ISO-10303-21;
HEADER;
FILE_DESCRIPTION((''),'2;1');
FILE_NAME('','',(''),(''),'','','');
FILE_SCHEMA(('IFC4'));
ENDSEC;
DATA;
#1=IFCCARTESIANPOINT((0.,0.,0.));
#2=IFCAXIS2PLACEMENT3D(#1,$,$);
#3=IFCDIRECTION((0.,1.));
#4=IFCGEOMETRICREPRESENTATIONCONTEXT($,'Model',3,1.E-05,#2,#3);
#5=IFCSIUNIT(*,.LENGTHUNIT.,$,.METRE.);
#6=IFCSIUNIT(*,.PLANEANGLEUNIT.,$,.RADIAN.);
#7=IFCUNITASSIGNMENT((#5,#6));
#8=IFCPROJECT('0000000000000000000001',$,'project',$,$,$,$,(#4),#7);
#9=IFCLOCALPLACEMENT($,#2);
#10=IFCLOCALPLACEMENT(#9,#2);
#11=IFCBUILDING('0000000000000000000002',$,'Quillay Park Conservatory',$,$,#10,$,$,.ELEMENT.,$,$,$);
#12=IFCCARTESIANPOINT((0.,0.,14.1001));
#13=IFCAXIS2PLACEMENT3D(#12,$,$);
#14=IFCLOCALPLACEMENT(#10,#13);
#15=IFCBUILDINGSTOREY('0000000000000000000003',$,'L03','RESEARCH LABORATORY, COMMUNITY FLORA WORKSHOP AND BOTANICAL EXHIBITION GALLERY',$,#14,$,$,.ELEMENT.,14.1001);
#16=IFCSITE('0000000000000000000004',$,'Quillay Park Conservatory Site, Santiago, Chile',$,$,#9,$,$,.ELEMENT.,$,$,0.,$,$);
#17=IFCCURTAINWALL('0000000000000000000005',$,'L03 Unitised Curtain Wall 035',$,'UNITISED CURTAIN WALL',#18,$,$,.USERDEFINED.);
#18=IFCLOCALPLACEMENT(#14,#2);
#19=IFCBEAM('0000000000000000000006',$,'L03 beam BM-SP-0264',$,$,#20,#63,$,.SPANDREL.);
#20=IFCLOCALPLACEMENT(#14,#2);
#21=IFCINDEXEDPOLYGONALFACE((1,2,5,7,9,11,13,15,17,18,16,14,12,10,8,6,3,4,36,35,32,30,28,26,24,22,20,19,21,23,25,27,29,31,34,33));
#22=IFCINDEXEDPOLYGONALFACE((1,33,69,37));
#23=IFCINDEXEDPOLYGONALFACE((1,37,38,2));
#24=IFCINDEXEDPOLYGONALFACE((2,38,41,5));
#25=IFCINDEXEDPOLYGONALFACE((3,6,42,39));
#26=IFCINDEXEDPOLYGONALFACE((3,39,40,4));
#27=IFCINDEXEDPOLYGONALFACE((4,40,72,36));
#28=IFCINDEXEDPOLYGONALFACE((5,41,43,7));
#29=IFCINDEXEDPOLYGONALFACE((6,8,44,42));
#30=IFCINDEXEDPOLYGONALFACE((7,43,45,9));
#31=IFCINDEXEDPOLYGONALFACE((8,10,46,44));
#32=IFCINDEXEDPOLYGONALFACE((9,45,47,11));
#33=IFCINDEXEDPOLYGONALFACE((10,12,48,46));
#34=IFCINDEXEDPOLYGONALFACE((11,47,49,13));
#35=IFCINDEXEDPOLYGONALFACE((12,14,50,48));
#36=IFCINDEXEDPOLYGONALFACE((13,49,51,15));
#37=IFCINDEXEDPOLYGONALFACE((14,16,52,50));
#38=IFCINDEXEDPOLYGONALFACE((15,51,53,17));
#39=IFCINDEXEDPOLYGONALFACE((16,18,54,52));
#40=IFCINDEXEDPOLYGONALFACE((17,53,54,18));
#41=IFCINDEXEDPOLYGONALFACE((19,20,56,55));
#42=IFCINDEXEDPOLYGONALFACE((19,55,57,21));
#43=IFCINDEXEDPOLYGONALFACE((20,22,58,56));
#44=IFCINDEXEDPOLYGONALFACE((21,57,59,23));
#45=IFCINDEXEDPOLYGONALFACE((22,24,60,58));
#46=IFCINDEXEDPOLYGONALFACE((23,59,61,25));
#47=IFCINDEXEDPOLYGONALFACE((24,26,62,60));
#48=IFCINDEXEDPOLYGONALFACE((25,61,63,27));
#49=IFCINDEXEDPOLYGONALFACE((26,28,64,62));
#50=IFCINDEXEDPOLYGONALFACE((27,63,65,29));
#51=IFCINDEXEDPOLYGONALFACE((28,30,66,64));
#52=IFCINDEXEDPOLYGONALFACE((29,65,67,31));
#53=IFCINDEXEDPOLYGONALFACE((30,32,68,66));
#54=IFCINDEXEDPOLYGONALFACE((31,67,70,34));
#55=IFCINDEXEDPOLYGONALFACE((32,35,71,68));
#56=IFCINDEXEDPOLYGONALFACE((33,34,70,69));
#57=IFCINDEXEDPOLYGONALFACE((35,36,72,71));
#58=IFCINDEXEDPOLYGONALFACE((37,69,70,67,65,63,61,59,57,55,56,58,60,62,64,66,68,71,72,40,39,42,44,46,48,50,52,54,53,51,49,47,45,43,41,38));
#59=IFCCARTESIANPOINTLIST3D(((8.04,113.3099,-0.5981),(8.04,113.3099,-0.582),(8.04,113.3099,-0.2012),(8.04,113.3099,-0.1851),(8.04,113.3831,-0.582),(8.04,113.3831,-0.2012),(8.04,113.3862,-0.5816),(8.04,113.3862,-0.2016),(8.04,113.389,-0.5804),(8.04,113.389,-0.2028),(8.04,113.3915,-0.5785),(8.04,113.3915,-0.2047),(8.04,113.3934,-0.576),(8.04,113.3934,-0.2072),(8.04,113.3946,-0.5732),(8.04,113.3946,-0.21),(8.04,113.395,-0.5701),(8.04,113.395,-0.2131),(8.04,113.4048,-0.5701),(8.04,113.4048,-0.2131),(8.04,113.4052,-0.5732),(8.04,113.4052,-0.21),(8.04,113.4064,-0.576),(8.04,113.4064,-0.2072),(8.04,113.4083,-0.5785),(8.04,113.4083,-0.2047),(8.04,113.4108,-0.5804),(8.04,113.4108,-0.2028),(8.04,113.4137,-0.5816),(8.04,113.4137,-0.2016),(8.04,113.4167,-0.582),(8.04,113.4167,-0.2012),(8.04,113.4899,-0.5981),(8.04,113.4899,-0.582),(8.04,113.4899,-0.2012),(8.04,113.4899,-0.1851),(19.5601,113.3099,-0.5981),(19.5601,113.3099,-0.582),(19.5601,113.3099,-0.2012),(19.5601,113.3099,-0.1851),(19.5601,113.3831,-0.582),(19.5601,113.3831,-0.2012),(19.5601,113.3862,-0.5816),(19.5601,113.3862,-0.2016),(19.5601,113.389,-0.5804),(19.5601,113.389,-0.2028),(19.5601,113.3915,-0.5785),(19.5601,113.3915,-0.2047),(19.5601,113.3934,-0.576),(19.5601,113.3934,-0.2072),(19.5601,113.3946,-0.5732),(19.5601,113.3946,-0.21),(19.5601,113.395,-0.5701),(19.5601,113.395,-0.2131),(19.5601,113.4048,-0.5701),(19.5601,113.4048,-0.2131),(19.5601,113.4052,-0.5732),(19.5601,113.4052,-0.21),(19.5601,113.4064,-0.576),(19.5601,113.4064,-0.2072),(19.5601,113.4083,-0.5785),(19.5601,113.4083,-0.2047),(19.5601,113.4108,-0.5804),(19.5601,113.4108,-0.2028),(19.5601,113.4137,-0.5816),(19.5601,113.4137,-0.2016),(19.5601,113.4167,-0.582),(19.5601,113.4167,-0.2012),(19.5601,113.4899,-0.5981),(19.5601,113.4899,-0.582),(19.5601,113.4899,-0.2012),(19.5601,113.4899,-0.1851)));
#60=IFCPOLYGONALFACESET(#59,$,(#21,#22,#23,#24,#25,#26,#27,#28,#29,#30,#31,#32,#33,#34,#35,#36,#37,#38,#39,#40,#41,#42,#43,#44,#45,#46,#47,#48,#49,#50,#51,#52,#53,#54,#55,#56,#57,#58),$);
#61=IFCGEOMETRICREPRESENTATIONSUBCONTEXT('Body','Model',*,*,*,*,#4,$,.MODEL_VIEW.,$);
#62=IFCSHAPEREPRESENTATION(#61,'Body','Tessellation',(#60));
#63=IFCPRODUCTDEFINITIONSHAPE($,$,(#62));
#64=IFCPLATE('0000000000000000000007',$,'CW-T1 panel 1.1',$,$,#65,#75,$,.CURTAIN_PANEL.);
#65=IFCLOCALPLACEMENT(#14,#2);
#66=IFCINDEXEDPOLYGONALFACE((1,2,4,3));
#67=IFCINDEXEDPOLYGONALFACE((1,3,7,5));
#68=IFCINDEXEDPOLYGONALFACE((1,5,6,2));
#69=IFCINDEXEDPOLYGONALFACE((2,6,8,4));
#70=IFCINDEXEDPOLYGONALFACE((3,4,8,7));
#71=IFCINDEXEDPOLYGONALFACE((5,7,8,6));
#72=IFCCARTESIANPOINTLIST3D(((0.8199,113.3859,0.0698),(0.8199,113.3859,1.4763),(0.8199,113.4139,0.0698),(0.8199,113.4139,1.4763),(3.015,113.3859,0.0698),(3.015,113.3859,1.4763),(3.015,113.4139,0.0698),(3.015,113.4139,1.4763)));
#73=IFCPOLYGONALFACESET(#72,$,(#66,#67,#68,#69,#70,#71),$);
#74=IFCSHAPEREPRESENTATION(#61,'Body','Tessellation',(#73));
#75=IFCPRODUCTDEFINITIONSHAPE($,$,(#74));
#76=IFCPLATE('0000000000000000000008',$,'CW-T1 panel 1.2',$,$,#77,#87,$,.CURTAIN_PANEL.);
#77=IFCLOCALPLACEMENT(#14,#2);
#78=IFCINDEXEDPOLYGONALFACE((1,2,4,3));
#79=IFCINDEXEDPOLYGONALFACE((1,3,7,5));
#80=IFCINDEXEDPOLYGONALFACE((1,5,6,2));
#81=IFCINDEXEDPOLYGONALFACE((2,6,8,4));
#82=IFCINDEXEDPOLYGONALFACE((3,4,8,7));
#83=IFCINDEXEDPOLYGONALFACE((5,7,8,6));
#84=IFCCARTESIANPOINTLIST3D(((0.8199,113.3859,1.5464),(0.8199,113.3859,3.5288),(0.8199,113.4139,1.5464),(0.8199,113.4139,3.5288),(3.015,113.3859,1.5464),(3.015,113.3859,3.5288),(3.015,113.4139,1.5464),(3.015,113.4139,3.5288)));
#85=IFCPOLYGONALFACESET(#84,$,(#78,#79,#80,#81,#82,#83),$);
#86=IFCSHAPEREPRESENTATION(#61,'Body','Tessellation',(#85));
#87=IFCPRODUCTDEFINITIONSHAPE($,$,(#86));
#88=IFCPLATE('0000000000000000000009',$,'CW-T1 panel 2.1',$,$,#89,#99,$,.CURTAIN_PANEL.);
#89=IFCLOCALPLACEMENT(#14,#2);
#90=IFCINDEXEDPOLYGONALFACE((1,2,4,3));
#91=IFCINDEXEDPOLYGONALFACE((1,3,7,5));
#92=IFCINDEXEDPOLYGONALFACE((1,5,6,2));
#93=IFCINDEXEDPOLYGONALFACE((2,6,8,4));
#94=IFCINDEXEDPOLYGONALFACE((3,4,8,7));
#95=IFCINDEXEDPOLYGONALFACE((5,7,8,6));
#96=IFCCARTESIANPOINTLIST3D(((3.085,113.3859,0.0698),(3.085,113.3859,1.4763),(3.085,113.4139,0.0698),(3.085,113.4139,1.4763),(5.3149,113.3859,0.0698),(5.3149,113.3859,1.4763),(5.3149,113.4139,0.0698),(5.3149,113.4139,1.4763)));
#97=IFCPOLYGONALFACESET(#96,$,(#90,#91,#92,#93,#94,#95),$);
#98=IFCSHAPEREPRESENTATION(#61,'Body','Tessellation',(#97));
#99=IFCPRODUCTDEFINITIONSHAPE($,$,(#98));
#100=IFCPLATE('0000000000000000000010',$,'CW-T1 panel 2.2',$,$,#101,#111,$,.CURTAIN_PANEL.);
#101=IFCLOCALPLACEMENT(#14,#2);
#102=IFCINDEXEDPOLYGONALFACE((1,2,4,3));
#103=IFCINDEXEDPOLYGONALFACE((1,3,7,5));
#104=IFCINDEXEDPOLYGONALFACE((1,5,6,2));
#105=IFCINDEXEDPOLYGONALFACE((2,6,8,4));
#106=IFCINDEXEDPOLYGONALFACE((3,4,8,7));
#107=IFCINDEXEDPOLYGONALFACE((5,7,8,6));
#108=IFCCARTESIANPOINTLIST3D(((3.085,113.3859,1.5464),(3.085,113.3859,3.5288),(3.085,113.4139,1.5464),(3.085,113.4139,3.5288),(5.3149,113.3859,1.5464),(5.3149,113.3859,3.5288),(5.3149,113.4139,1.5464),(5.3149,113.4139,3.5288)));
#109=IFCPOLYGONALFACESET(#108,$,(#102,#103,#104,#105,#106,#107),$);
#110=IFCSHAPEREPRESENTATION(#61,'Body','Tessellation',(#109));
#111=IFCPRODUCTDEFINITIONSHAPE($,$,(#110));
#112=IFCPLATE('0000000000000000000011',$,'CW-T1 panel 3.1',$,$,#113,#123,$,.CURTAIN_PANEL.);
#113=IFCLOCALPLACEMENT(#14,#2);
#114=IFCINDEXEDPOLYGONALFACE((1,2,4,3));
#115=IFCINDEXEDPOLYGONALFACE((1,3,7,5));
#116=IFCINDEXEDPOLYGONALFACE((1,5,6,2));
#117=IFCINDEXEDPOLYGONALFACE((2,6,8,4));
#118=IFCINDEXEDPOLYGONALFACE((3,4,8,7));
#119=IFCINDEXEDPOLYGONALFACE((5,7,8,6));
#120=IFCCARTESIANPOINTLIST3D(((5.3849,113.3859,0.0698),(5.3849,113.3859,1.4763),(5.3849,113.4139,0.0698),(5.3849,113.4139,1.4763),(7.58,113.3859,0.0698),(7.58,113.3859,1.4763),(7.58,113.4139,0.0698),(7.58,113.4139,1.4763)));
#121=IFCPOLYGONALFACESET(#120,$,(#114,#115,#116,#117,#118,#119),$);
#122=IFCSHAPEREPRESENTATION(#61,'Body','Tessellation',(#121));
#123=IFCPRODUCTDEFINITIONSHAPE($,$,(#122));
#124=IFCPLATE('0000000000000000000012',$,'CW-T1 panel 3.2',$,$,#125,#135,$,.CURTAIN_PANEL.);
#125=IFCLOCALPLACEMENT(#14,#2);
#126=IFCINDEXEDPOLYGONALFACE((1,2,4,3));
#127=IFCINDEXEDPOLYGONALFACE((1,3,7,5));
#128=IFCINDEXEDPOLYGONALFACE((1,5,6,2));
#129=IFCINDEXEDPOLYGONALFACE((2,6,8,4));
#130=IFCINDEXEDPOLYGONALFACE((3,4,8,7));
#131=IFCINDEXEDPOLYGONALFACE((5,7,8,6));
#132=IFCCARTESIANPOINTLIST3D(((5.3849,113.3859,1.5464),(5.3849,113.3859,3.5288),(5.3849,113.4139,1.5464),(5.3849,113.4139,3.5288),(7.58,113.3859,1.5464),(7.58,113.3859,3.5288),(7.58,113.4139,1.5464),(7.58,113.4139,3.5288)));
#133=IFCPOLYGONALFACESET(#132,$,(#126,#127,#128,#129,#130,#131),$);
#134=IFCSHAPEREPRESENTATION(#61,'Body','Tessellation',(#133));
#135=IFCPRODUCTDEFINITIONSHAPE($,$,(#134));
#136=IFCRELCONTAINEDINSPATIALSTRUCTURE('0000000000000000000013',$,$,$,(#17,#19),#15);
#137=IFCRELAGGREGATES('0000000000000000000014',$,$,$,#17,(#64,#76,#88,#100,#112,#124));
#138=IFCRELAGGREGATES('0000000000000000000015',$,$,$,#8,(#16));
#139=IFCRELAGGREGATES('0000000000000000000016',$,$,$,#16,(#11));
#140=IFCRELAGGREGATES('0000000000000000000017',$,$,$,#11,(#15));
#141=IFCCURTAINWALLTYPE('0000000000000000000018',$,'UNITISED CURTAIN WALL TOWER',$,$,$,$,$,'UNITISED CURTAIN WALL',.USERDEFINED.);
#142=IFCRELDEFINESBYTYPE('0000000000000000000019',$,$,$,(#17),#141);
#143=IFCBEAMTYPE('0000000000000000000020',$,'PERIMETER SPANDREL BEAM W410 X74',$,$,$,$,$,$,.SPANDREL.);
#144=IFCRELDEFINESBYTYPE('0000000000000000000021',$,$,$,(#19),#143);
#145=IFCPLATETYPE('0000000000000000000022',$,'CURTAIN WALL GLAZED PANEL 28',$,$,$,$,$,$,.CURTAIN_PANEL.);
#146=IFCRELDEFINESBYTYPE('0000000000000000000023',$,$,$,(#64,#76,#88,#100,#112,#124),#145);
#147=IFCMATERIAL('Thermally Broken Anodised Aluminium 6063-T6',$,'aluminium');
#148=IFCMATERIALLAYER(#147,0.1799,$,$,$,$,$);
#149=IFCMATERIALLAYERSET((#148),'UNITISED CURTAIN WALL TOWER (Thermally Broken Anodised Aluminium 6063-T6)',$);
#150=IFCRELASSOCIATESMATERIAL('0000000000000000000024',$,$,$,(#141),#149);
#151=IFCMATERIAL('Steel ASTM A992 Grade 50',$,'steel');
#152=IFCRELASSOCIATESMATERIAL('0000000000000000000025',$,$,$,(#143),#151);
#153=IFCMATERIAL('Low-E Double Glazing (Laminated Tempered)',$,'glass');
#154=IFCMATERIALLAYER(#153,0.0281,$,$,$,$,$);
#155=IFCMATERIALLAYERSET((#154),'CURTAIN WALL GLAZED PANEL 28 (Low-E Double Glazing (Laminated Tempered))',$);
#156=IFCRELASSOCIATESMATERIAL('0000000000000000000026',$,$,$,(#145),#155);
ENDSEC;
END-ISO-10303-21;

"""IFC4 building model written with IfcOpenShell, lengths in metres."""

from ifc_helpers import new_model, si_unit, direction, frame, origin, origin_2d, place, context, subcontext, project, spatial, rectangle, i_section, extrude, material, layer, layer_set, material_profile, profile_set, type_object, element, aggregate, save


model = new_model("IFC4")

# Units and contexts
model_context = context("Model", 3, precision=1e-05, world=origin(), true_north=direction((0.0, 1.0)))
body_context = subcontext(model_context, "Body", "Model", "MODEL_VIEW")
ifc_project = project(units=[si_unit("LENGTHUNIT", "METRE"), si_unit("PLANEANGLEUNIT", "RADIAN")], contexts=[model_context])

# Site, building, storey
site_placement = place(None, origin())
site = spatial("IfcSite", under=ifc_project, at=site_placement, Name="Quillay Park Conservatory Site, Santiago, Chile", CompositionType="ELEMENT", RefElevation=0.0)
building_placement = place(site_placement, origin())
building = spatial("IfcBuilding", under=site, at=building_placement, Name="Quillay Park Conservatory", CompositionType="ELEMENT")
storey_placement = place(building_placement, frame((0.0, 0.0, 14.1001)))
storey = spatial("IfcBuildingStorey", under=building, at=storey_placement, Name="L03", Description="RESEARCH LABORATORY, COMMUNITY FLORA WORKSHOP AND BOTANICAL EXHIBITION GALLERY", CompositionType="ELEMENT", Elevation=14.1001)

# Curtain wall
ifc_material_1 = material(Name="Thermally Broken Anodised Aluminium 6063-T6", Category="aluminium")
ifc_layer_1 = layer(ifc_material_1, 0.1799)
ifc_layer_set_1 = layer_set([ifc_layer_1], Name="UNITISED CURTAIN WALL TOWER (Thermally Broken Anodised Aluminium 6063-T6)")
curtain_wall_type = type_object("IfcCurtainWallType", Name="UNITISED CURTAIN WALL TOWER", ElementType="UNITISED CURTAIN WALL", PredefinedType="USERDEFINED", material=ifc_layer_set_1)
curtain_wall_placement = place(storey_placement, origin())
curtain_wall = element("IfcCurtainWall", 1, at=curtain_wall_placement, inside=storey, type_object=curtain_wall_type, Name="L03 Unitised Curtain Wall 035", ObjectType="UNITISED CURTAIN WALL", PredefinedType="USERDEFINED")

# Beam
ifc_material_2 = material(Name="Steel ASTM A992 Grade 50", Category="steel")
ifc_material_profile_1 = material_profile(ifc_material_2, i_section(OverallWidth=0.1799, OverallDepth=0.4131, WebThickness=0.0098, FlangeThickness=0.0161, FilletRadius=0.012, at=origin_2d()), Name="W410x74")
ifc_profile_set_1 = profile_set([ifc_material_profile_1], Name="Steel ASTM A992 Grade 50")
beam_type = type_object("IfcBeamType", Name="PERIMETER SPANDREL BEAM W410 X74", PredefinedType="SPANDREL", material=ifc_profile_set_1)
beam_1_placement = place(storey_placement, frame((8.04, 113.3999, -0.3916), z_axis=(1.0, 0.0, 0.0), x_axis=(0.0, 1.0, 0.0)))
element("IfcBeam", 2, at=beam_1_placement, inside=storey, type_object=beam_type, Name="L03 beam BM-SP-0264", PredefinedType="SPANDREL", context=body_context, shape_type="SweptSolid", body=[
    extrude(i_section(OverallWidth=0.1799, OverallDepth=0.4131, WebThickness=0.0098, FlangeThickness=0.0161, FilletRadius=0.012, at=origin_2d()), origin(), (0.0, 0.0, 1.0), 11.52),
])

# Plates
ifc_material_3 = material(Name="Low-E Double Glazing (Laminated Tempered)", Category="glass")
ifc_layer_2 = layer(ifc_material_3, 0.0281)
ifc_layer_set_2 = layer_set([ifc_layer_2], Name="CURTAIN WALL GLAZED PANEL 28 (Low-E Double Glazing (Laminated Tempered))")
plate_type = type_object("IfcPlateType", Name="CURTAIN WALL GLAZED PANEL 28", PredefinedType="CURTAIN_PANEL", material=ifc_layer_set_2)
plate_1_placement = place(storey_placement, frame((1.9175, 113.3999, 0.0698), z_axis=(0.0, 0.0, 1.0), x_axis=(1.0, 0.0, 0.0)))
plate_1 = element("IfcPlate", 3, at=plate_1_placement, type_object=plate_type, Name="CW-T1 panel 1.1", PredefinedType="CURTAIN_PANEL", context=body_context, shape_type="SweptSolid", body=[
    extrude(rectangle(XDim=2.1951, YDim=0.0281, at=origin_2d()), origin(), (0.0, 0.0, 1.0), 1.4065),
])
plate_2_placement = place(storey_placement, frame((1.9175, 113.3999, 1.5464), z_axis=(0.0, 0.0, 1.0), x_axis=(1.0, 0.0, 0.0)))
plate_2 = element("IfcPlate", 4, at=plate_2_placement, type_object=plate_type, Name="CW-T1 panel 1.2", PredefinedType="CURTAIN_PANEL", context=body_context, shape_type="SweptSolid", body=[
    extrude(rectangle(XDim=2.1951, YDim=0.0281, at=origin_2d()), origin(), (0.0, 0.0, 1.0), 1.9824),
])
plate_3_placement = place(storey_placement, frame((4.2, 113.3999, 0.0698), z_axis=(0.0, 0.0, 1.0), x_axis=(1.0, 0.0, 0.0)))
plate_3 = element("IfcPlate", 5, at=plate_3_placement, type_object=plate_type, Name="CW-T1 panel 2.1", PredefinedType="CURTAIN_PANEL", context=body_context, shape_type="SweptSolid", body=[
    extrude(rectangle(XDim=2.23, YDim=0.0281, at=origin_2d()), origin(), (0.0, 0.0, 1.0), 1.4065),
])
plate_4_placement = place(storey_placement, frame((4.2, 113.3999, 1.5464), z_axis=(0.0, 0.0, 1.0), x_axis=(1.0, 0.0, 0.0)))
plate_4 = element("IfcPlate", 6, at=plate_4_placement, type_object=plate_type, Name="CW-T1 panel 2.2", PredefinedType="CURTAIN_PANEL", context=body_context, shape_type="SweptSolid", body=[
    extrude(rectangle(XDim=2.23, YDim=0.0281, at=origin_2d()), origin(), (0.0, 0.0, 1.0), 1.9824),
])
plate_5_placement = place(storey_placement, frame((6.4824, 113.3999, 0.0698), z_axis=(0.0, 0.0, 1.0), x_axis=(1.0, 0.0, 0.0)))
plate_5 = element("IfcPlate", 7, at=plate_5_placement, type_object=plate_type, Name="CW-T1 panel 3.1", PredefinedType="CURTAIN_PANEL", context=body_context, shape_type="SweptSolid", body=[
    extrude(rectangle(XDim=2.1951, YDim=0.0281, at=origin_2d()), origin(), (0.0, 0.0, 1.0), 1.4065),
])
plate_6_placement = place(storey_placement, frame((6.4824, 113.3999, 1.5464), z_axis=(0.0, 0.0, 1.0), x_axis=(1.0, 0.0, 0.0)))
plate_6 = element("IfcPlate", 8, at=plate_6_placement, type_object=plate_type, Name="CW-T1 panel 3.2", PredefinedType="CURTAIN_PANEL", context=body_context, shape_type="SweptSolid", body=[
    extrude(rectangle(XDim=2.1951, YDim=0.0281, at=origin_2d()), origin(), (0.0, 0.0, 1.0), 1.9824),
])
aggregate(curtain_wall, [plate_1, plate_2, plate_3, plate_4, plate_5, plate_6])

save(model, "model.ifc")
